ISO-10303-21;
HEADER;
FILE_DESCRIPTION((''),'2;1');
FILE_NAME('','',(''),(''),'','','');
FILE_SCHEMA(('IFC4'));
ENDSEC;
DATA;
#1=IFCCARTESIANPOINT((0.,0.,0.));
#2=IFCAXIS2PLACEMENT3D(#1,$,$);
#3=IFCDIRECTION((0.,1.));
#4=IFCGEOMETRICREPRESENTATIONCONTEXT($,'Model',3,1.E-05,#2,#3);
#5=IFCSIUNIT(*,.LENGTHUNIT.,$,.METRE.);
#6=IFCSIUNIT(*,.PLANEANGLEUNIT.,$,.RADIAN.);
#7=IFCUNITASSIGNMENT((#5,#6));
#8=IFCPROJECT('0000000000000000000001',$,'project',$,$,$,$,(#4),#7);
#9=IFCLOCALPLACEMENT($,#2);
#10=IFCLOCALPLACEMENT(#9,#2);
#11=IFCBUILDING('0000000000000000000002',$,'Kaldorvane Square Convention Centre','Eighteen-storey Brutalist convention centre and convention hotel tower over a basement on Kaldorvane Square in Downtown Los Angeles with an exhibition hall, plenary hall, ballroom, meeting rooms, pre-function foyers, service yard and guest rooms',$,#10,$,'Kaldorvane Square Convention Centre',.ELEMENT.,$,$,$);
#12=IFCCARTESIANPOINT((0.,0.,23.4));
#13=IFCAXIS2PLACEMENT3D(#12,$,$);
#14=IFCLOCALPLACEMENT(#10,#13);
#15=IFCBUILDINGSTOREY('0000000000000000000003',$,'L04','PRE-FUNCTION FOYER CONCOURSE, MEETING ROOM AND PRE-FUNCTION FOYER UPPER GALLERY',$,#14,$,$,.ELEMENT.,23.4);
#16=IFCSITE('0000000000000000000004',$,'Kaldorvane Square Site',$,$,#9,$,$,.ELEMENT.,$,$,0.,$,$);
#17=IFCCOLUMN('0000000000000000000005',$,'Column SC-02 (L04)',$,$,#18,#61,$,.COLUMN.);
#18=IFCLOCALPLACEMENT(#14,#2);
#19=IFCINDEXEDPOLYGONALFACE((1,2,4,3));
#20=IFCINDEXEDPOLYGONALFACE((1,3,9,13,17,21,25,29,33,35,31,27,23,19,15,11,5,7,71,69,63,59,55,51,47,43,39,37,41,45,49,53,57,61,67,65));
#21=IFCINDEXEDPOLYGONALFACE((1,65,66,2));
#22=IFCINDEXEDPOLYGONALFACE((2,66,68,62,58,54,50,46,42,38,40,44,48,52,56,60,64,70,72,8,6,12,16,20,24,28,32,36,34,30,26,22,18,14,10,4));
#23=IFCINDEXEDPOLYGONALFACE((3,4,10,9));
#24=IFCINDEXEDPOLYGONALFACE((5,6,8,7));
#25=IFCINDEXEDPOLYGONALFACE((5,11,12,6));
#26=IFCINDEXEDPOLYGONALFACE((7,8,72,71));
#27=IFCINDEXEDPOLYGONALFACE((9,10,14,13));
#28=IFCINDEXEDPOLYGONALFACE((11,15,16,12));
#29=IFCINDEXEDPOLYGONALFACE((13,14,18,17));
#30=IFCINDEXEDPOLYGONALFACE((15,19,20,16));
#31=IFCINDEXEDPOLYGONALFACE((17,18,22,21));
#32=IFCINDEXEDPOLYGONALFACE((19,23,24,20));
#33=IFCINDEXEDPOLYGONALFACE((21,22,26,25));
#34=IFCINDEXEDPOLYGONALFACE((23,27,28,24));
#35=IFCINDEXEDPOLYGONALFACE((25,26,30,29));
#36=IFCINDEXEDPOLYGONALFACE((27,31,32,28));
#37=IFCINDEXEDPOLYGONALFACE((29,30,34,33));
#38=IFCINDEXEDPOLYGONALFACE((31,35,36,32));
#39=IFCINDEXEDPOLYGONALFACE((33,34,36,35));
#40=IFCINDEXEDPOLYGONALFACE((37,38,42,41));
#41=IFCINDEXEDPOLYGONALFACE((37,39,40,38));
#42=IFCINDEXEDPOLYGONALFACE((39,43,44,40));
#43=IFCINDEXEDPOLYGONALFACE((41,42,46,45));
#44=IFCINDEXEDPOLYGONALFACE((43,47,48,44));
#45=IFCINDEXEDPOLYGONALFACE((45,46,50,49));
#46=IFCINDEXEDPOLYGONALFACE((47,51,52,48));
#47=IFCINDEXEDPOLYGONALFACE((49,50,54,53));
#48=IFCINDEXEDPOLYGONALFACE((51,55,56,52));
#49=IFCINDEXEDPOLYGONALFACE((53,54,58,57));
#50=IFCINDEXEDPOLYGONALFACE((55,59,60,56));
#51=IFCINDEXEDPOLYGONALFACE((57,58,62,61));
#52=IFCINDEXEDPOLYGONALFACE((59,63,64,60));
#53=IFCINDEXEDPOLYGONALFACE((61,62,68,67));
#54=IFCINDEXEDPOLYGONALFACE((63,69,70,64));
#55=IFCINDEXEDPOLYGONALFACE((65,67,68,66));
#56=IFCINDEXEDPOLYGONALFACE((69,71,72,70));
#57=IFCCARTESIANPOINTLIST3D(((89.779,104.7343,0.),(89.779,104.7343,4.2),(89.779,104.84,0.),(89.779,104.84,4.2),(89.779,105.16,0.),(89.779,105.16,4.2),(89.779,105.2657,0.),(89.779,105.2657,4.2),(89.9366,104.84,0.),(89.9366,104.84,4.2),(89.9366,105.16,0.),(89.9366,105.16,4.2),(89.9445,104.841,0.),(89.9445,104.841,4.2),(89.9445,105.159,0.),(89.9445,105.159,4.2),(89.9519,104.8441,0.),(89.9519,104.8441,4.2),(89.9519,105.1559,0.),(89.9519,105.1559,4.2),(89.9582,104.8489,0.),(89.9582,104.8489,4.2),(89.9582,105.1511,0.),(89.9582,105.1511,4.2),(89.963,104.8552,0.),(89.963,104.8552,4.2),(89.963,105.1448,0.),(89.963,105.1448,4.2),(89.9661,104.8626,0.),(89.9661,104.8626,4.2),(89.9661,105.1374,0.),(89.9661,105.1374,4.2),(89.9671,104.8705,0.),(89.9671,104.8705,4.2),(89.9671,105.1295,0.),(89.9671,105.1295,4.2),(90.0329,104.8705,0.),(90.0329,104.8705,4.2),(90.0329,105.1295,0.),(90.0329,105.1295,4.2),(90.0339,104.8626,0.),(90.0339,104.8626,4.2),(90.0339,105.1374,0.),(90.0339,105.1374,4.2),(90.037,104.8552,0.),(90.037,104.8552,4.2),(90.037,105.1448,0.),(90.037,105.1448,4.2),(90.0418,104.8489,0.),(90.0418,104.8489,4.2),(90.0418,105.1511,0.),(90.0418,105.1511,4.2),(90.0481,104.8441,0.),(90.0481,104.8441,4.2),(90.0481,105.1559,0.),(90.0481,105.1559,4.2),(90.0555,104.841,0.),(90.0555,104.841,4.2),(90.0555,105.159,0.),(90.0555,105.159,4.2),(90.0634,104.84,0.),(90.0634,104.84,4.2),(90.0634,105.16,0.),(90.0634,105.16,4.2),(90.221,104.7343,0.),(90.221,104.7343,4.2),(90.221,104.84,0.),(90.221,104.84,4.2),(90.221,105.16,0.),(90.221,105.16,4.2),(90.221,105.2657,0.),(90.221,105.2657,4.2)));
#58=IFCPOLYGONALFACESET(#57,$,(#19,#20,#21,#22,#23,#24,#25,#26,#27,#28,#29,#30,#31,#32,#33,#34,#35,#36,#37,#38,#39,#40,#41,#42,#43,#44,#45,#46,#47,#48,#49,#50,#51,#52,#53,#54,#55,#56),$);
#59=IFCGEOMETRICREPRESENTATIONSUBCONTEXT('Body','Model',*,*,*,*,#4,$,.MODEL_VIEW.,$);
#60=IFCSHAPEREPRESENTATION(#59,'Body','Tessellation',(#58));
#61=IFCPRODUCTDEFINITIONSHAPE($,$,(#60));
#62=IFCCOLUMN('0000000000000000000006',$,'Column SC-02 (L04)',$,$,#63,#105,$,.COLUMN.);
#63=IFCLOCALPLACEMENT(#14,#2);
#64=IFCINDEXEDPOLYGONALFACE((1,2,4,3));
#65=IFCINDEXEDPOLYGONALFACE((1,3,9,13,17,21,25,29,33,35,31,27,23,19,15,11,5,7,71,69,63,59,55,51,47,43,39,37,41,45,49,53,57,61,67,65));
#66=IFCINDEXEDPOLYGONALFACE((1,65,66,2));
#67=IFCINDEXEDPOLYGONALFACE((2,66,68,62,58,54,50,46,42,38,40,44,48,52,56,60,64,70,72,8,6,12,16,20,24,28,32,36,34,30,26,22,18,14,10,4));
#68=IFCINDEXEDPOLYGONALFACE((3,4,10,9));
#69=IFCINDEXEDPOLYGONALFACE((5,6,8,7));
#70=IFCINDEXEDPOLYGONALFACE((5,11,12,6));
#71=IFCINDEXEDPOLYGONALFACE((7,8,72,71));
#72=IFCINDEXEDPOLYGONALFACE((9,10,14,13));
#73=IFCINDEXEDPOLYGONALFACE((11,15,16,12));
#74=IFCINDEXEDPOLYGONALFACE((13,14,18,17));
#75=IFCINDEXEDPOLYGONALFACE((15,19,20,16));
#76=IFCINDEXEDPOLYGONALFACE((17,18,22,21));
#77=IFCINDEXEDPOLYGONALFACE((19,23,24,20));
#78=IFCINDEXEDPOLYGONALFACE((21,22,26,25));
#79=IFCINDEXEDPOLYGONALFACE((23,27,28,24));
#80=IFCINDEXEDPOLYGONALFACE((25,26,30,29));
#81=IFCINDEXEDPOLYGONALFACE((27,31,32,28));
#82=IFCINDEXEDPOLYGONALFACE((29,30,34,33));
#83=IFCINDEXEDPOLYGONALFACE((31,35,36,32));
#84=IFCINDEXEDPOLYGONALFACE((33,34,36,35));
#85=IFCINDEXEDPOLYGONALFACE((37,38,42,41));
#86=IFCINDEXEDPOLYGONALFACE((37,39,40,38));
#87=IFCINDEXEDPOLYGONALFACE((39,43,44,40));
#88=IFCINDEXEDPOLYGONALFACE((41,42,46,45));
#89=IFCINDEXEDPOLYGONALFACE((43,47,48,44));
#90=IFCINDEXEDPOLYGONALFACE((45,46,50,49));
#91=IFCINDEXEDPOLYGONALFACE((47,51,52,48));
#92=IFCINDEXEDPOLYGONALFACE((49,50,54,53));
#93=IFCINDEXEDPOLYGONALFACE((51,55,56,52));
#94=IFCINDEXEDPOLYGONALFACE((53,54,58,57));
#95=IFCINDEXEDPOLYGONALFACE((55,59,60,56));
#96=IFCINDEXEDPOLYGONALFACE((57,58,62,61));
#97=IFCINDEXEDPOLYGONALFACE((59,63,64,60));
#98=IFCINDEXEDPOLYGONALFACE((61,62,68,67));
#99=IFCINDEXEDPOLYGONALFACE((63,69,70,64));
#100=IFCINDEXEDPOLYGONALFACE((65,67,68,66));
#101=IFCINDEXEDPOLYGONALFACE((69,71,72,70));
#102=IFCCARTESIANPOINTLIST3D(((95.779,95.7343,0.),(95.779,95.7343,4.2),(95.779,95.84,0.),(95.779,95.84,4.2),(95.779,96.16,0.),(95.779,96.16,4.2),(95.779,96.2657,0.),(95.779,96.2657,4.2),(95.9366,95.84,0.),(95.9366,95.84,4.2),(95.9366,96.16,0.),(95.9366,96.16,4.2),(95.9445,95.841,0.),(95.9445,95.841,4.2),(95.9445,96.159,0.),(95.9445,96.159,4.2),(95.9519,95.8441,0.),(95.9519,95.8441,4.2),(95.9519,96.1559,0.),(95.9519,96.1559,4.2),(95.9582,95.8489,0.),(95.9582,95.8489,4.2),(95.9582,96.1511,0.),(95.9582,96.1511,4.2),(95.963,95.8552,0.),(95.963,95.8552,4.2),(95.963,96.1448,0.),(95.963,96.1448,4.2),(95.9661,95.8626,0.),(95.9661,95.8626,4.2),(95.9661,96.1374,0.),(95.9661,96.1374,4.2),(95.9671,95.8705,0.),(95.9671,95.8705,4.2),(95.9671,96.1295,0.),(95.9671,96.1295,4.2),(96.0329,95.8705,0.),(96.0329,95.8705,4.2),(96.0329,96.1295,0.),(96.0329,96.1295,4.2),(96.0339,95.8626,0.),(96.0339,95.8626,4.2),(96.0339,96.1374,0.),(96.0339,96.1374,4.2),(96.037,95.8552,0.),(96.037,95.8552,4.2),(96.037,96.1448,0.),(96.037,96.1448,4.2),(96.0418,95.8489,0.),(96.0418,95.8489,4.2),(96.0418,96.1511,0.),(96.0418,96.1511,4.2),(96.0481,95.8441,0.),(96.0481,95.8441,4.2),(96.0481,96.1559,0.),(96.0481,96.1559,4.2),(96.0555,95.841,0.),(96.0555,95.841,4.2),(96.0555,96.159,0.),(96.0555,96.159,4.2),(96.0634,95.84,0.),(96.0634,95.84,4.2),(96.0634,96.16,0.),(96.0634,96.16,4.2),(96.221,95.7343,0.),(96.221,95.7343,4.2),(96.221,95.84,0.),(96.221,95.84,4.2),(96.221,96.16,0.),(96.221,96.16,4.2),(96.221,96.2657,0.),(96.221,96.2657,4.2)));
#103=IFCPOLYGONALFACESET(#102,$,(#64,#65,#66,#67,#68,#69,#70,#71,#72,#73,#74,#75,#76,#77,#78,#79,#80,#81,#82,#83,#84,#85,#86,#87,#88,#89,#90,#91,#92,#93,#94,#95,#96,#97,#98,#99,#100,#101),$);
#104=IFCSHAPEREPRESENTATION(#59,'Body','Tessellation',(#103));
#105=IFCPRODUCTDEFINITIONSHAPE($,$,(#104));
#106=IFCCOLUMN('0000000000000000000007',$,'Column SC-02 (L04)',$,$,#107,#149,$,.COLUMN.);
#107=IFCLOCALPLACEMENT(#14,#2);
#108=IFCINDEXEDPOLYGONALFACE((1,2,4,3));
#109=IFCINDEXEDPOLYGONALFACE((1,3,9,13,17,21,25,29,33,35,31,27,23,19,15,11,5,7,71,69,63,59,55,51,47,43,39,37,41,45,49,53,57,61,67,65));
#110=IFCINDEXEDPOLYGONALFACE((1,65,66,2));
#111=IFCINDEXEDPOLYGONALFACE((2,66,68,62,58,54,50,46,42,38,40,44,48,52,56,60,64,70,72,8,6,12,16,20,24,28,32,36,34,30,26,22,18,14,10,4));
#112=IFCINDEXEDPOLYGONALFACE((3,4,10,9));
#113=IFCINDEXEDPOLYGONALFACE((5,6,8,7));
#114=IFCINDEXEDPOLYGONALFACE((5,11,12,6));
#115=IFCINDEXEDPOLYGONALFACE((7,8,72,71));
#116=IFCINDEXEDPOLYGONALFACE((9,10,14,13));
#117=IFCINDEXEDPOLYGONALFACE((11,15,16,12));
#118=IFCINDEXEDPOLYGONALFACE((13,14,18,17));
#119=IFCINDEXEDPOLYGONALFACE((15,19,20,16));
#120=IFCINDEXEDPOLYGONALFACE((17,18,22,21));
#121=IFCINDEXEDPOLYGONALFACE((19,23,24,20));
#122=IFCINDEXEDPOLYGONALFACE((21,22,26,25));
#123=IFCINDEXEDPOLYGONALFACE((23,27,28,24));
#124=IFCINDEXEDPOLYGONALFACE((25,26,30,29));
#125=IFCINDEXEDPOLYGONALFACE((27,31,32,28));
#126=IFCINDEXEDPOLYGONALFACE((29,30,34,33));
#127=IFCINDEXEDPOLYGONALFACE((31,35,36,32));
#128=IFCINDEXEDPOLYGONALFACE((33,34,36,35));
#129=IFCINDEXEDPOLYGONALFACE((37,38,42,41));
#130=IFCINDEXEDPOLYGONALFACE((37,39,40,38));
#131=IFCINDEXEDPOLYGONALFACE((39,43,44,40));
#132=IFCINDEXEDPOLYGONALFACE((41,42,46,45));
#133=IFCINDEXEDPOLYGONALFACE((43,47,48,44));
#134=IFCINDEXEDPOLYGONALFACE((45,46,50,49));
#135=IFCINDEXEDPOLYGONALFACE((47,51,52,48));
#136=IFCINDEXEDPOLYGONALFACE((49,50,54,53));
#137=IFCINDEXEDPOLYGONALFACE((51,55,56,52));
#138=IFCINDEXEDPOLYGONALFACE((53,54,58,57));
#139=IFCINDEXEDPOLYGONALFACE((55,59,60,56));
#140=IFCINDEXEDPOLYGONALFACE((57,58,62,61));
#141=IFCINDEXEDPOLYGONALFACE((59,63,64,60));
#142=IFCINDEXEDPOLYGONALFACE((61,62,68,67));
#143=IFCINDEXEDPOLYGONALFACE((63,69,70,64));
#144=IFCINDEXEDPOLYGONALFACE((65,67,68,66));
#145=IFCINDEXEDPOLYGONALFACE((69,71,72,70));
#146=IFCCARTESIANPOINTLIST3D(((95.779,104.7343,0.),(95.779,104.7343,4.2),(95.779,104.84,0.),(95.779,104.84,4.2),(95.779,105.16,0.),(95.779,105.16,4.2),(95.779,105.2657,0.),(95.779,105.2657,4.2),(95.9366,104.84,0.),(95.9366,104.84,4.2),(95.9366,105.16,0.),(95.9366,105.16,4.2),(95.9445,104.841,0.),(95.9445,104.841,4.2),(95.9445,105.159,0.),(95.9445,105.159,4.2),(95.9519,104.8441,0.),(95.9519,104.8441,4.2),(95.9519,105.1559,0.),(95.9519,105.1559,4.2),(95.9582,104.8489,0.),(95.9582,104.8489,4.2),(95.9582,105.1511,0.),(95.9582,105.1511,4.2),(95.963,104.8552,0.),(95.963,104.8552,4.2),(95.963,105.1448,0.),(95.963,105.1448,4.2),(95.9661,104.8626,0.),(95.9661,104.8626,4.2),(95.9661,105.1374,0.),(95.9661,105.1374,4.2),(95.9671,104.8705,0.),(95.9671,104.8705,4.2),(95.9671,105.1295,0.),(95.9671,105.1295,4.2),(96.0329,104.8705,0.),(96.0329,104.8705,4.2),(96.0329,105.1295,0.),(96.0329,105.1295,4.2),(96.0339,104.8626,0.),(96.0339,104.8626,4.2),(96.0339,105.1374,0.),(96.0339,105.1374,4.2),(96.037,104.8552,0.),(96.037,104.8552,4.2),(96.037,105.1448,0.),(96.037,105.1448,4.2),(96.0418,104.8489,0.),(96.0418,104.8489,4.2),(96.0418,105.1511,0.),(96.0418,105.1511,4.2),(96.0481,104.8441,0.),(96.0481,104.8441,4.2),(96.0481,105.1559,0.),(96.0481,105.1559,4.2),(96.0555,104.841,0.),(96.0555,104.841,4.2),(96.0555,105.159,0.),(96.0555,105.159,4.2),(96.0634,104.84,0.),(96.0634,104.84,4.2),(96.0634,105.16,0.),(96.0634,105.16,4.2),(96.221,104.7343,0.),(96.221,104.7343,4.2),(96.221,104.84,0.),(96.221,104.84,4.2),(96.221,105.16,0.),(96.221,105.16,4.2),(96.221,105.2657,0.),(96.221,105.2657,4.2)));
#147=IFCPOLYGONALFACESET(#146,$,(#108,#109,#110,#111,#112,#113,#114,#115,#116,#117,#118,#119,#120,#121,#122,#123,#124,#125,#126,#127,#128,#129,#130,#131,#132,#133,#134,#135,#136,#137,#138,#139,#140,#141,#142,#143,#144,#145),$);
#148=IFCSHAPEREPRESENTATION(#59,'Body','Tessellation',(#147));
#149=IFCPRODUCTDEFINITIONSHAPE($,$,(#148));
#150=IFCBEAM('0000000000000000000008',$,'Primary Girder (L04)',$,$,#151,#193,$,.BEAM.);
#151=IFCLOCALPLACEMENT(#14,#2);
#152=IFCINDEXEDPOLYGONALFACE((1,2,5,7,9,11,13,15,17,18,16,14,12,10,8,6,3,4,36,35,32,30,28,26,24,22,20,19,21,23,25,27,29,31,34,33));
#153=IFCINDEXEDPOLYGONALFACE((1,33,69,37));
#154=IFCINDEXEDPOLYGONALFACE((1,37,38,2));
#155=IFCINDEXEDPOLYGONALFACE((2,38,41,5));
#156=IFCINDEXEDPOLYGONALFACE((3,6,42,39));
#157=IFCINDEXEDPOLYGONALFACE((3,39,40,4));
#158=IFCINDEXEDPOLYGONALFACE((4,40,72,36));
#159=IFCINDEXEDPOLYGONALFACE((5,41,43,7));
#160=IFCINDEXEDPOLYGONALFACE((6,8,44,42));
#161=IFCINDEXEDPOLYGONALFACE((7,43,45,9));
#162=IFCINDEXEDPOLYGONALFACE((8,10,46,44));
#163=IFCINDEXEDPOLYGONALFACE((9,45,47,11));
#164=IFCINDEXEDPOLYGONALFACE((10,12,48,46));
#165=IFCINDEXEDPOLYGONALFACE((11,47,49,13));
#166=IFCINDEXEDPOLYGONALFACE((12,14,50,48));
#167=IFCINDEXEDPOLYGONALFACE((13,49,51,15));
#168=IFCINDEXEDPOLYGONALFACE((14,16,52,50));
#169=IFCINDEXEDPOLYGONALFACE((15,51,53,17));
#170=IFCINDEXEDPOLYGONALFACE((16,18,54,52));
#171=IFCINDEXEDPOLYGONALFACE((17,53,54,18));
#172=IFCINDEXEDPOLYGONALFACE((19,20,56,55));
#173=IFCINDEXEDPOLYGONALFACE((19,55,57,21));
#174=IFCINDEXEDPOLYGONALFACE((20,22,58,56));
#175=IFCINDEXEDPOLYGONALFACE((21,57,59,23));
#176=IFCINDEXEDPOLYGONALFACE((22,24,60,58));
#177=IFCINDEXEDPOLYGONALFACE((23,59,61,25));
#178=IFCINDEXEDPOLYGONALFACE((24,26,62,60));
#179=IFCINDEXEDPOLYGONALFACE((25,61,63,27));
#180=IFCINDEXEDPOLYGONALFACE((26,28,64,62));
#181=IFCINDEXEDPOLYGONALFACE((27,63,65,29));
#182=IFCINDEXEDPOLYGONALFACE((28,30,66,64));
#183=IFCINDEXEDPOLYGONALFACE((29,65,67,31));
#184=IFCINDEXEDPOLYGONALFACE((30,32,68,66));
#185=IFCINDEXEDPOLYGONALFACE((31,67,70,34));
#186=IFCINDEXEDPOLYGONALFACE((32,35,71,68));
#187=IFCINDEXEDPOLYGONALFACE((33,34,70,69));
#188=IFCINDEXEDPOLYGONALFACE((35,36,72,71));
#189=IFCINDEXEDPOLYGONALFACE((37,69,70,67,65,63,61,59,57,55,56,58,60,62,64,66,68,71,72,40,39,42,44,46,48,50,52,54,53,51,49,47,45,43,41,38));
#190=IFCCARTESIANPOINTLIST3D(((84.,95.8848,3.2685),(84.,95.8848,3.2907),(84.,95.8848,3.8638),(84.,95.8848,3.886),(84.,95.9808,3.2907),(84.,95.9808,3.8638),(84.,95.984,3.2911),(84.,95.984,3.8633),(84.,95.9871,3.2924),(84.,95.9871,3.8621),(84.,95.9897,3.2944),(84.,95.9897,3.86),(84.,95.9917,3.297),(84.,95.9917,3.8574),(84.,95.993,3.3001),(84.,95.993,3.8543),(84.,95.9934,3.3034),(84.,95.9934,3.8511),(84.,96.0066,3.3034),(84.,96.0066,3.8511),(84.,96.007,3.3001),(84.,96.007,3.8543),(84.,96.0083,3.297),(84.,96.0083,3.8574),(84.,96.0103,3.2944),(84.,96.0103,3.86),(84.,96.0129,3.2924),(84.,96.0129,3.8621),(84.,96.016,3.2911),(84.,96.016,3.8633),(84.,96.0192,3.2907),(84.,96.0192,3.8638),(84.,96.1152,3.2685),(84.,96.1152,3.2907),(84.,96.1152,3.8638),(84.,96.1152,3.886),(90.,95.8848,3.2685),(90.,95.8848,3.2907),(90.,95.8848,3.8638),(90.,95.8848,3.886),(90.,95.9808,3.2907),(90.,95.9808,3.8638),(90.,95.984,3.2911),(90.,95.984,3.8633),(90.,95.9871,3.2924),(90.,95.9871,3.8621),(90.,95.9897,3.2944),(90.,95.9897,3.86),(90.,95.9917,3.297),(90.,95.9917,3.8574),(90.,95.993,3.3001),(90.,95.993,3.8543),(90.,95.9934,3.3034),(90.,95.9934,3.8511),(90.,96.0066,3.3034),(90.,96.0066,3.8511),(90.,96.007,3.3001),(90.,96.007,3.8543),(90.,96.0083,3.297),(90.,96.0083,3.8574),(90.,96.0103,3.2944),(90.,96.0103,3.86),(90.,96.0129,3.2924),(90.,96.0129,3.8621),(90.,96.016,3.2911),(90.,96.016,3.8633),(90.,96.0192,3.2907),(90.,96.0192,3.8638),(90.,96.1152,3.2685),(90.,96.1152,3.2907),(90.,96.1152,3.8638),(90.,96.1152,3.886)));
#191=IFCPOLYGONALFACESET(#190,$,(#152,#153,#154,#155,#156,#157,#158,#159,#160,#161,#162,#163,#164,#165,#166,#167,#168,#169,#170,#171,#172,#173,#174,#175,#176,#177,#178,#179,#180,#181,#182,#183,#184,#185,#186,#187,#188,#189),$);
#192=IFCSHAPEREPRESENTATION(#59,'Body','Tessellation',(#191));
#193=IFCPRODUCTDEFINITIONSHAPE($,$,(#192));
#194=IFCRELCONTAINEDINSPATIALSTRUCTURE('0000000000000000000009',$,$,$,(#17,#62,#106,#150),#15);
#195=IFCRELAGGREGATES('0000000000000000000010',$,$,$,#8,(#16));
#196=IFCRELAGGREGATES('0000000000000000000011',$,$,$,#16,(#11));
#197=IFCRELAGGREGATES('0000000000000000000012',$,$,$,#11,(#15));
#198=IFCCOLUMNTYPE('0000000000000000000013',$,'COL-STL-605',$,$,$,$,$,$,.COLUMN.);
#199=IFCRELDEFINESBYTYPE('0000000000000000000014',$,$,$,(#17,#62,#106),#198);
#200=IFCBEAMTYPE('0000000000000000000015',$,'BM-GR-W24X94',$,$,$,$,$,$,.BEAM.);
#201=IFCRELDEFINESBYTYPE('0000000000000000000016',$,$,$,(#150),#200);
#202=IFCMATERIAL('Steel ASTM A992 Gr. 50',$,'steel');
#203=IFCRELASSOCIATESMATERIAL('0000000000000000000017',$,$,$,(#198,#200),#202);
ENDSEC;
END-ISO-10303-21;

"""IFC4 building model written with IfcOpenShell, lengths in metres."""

from ifc_helpers import new_model, si_unit, direction, frame, origin, origin_2d, place, context, subcontext, project, spatial, i_section, extrude, material, material_profile, profile_set, type_object, element, save


model = new_model("IFC4")

# Units and contexts
model_context = context("Model", 3, precision=1e-05, world=origin(), true_north=direction((0.0, 1.0)))
body_context = subcontext(model_context, "Body", "Model", "MODEL_VIEW")
ifc_project = project(units=[si_unit("LENGTHUNIT", "METRE"), si_unit("PLANEANGLEUNIT", "RADIAN")], contexts=[model_context])

# Site, building, storey
site_placement = place(None, origin())
site = spatial("IfcSite", under=ifc_project, at=site_placement, Name="Kaldorvane Square Site", CompositionType="ELEMENT", RefElevation=0.0)
building_placement = place(site_placement, origin())
building = spatial("IfcBuilding", under=site, at=building_placement, Name="Kaldorvane Square Convention Centre", Description="Eighteen-storey Brutalist convention centre and convention hotel tower over a basement on Kaldorvane Square in Downtown Los Angeles with an exhibition hall, plenary hall, ballroom, meeting rooms, pre-function foyers, service yard and guest rooms", LongName="Kaldorvane Square Convention Centre", CompositionType="ELEMENT")
storey_placement = place(building_placement, frame((0.0, 0.0, 23.4)))
storey = spatial("IfcBuildingStorey", under=building, at=storey_placement, Name="L04", Description="PRE-FUNCTION FOYER CONCOURSE, MEETING ROOM AND PRE-FUNCTION FOYER UPPER GALLERY", CompositionType="ELEMENT", Elevation=23.4)

# Columns
ifc_material_1 = material(Name="Steel ASTM A992 Gr. 50", Category="steel")
ifc_material_profile_1 = material_profile(ifc_material_1, i_section(OverallWidth=0.442, OverallDepth=0.5314, WebThickness=0.0658, FlangeThickness=0.1057, FilletRadius=0.0305, at=origin_2d()), Name="W14X605")
ifc_profile_set_1 = profile_set([ifc_material_profile_1], Name="Steel ASTM A992 Gr. 50")
column_type_1 = type_object("IfcColumnType", Name="COL-STL-605", PredefinedType="COLUMN", material=ifc_profile_set_1)
for number, where, z_axis, x_axis, name in (
    (1, (90.0, 105.0, 0.0), (0.0, 0.0, 1.0), (1.0, 0.0, 0.0), "Column SC-02 (L04)"),
    (2, (96.0, 96.0, 0.0), (0.0, 0.0, 1.0), (1.0, 0.0, 0.0), "Column SC-02 (L04)"),
    (3, (96.0, 105.0, 0.0), (0.0, 0.0, 1.0), (1.0, 0.0, 0.0), "Column SC-02 (L04)"),
):
    element("IfcColumn", number, at=place(storey_placement, frame(where, z_axis=z_axis, x_axis=x_axis)), inside=storey, type_object=column_type_1, Name=name, PredefinedType="COLUMN", context=body_context, shape_type="SweptSolid", body=[
        extrude(i_section(OverallWidth=0.442, OverallDepth=0.5314, WebThickness=0.0658, FlangeThickness=0.1057, FilletRadius=0.0305, at=origin_2d()), origin(), (0.0, 0.0, 1.0), 4.2),
    ])

# Beam
ifc_material_profile_2 = material_profile(ifc_material_1, i_section(OverallWidth=0.2303, OverallDepth=0.6175, WebThickness=0.0131, FlangeThickness=0.0222, FilletRadius=0.0127, at=origin_2d()), Name="W24X94")
ifc_profile_set_2 = profile_set([ifc_material_profile_2], Name="Steel ASTM A992 Gr. 50")
beam_type_1 = type_object("IfcBeamType", Name="BM-GR-W24X94", PredefinedType="BEAM", material=ifc_profile_set_2)
for number, where, z_axis, x_axis, name in (
    (4, (84.0, 96.0, 3.5772), (1.0, 0.0, 0.0), (0.0, 1.0, 0.0), "Primary Girder (L04)"),
):
    element("IfcBeam", number, at=place(storey_placement, frame(where, z_axis=z_axis, x_axis=x_axis)), inside=storey, type_object=beam_type_1, Name=name, PredefinedType="BEAM", context=body_context, shape_type="SweptSolid", body=[
        extrude(i_section(OverallWidth=0.2303, OverallDepth=0.6175, WebThickness=0.0131, FlangeThickness=0.0222, FilletRadius=0.0127, at=origin_2d()), origin(), (0.0, 0.0, 1.0), 6.0),
    ])

save(model, "model.ifc")
